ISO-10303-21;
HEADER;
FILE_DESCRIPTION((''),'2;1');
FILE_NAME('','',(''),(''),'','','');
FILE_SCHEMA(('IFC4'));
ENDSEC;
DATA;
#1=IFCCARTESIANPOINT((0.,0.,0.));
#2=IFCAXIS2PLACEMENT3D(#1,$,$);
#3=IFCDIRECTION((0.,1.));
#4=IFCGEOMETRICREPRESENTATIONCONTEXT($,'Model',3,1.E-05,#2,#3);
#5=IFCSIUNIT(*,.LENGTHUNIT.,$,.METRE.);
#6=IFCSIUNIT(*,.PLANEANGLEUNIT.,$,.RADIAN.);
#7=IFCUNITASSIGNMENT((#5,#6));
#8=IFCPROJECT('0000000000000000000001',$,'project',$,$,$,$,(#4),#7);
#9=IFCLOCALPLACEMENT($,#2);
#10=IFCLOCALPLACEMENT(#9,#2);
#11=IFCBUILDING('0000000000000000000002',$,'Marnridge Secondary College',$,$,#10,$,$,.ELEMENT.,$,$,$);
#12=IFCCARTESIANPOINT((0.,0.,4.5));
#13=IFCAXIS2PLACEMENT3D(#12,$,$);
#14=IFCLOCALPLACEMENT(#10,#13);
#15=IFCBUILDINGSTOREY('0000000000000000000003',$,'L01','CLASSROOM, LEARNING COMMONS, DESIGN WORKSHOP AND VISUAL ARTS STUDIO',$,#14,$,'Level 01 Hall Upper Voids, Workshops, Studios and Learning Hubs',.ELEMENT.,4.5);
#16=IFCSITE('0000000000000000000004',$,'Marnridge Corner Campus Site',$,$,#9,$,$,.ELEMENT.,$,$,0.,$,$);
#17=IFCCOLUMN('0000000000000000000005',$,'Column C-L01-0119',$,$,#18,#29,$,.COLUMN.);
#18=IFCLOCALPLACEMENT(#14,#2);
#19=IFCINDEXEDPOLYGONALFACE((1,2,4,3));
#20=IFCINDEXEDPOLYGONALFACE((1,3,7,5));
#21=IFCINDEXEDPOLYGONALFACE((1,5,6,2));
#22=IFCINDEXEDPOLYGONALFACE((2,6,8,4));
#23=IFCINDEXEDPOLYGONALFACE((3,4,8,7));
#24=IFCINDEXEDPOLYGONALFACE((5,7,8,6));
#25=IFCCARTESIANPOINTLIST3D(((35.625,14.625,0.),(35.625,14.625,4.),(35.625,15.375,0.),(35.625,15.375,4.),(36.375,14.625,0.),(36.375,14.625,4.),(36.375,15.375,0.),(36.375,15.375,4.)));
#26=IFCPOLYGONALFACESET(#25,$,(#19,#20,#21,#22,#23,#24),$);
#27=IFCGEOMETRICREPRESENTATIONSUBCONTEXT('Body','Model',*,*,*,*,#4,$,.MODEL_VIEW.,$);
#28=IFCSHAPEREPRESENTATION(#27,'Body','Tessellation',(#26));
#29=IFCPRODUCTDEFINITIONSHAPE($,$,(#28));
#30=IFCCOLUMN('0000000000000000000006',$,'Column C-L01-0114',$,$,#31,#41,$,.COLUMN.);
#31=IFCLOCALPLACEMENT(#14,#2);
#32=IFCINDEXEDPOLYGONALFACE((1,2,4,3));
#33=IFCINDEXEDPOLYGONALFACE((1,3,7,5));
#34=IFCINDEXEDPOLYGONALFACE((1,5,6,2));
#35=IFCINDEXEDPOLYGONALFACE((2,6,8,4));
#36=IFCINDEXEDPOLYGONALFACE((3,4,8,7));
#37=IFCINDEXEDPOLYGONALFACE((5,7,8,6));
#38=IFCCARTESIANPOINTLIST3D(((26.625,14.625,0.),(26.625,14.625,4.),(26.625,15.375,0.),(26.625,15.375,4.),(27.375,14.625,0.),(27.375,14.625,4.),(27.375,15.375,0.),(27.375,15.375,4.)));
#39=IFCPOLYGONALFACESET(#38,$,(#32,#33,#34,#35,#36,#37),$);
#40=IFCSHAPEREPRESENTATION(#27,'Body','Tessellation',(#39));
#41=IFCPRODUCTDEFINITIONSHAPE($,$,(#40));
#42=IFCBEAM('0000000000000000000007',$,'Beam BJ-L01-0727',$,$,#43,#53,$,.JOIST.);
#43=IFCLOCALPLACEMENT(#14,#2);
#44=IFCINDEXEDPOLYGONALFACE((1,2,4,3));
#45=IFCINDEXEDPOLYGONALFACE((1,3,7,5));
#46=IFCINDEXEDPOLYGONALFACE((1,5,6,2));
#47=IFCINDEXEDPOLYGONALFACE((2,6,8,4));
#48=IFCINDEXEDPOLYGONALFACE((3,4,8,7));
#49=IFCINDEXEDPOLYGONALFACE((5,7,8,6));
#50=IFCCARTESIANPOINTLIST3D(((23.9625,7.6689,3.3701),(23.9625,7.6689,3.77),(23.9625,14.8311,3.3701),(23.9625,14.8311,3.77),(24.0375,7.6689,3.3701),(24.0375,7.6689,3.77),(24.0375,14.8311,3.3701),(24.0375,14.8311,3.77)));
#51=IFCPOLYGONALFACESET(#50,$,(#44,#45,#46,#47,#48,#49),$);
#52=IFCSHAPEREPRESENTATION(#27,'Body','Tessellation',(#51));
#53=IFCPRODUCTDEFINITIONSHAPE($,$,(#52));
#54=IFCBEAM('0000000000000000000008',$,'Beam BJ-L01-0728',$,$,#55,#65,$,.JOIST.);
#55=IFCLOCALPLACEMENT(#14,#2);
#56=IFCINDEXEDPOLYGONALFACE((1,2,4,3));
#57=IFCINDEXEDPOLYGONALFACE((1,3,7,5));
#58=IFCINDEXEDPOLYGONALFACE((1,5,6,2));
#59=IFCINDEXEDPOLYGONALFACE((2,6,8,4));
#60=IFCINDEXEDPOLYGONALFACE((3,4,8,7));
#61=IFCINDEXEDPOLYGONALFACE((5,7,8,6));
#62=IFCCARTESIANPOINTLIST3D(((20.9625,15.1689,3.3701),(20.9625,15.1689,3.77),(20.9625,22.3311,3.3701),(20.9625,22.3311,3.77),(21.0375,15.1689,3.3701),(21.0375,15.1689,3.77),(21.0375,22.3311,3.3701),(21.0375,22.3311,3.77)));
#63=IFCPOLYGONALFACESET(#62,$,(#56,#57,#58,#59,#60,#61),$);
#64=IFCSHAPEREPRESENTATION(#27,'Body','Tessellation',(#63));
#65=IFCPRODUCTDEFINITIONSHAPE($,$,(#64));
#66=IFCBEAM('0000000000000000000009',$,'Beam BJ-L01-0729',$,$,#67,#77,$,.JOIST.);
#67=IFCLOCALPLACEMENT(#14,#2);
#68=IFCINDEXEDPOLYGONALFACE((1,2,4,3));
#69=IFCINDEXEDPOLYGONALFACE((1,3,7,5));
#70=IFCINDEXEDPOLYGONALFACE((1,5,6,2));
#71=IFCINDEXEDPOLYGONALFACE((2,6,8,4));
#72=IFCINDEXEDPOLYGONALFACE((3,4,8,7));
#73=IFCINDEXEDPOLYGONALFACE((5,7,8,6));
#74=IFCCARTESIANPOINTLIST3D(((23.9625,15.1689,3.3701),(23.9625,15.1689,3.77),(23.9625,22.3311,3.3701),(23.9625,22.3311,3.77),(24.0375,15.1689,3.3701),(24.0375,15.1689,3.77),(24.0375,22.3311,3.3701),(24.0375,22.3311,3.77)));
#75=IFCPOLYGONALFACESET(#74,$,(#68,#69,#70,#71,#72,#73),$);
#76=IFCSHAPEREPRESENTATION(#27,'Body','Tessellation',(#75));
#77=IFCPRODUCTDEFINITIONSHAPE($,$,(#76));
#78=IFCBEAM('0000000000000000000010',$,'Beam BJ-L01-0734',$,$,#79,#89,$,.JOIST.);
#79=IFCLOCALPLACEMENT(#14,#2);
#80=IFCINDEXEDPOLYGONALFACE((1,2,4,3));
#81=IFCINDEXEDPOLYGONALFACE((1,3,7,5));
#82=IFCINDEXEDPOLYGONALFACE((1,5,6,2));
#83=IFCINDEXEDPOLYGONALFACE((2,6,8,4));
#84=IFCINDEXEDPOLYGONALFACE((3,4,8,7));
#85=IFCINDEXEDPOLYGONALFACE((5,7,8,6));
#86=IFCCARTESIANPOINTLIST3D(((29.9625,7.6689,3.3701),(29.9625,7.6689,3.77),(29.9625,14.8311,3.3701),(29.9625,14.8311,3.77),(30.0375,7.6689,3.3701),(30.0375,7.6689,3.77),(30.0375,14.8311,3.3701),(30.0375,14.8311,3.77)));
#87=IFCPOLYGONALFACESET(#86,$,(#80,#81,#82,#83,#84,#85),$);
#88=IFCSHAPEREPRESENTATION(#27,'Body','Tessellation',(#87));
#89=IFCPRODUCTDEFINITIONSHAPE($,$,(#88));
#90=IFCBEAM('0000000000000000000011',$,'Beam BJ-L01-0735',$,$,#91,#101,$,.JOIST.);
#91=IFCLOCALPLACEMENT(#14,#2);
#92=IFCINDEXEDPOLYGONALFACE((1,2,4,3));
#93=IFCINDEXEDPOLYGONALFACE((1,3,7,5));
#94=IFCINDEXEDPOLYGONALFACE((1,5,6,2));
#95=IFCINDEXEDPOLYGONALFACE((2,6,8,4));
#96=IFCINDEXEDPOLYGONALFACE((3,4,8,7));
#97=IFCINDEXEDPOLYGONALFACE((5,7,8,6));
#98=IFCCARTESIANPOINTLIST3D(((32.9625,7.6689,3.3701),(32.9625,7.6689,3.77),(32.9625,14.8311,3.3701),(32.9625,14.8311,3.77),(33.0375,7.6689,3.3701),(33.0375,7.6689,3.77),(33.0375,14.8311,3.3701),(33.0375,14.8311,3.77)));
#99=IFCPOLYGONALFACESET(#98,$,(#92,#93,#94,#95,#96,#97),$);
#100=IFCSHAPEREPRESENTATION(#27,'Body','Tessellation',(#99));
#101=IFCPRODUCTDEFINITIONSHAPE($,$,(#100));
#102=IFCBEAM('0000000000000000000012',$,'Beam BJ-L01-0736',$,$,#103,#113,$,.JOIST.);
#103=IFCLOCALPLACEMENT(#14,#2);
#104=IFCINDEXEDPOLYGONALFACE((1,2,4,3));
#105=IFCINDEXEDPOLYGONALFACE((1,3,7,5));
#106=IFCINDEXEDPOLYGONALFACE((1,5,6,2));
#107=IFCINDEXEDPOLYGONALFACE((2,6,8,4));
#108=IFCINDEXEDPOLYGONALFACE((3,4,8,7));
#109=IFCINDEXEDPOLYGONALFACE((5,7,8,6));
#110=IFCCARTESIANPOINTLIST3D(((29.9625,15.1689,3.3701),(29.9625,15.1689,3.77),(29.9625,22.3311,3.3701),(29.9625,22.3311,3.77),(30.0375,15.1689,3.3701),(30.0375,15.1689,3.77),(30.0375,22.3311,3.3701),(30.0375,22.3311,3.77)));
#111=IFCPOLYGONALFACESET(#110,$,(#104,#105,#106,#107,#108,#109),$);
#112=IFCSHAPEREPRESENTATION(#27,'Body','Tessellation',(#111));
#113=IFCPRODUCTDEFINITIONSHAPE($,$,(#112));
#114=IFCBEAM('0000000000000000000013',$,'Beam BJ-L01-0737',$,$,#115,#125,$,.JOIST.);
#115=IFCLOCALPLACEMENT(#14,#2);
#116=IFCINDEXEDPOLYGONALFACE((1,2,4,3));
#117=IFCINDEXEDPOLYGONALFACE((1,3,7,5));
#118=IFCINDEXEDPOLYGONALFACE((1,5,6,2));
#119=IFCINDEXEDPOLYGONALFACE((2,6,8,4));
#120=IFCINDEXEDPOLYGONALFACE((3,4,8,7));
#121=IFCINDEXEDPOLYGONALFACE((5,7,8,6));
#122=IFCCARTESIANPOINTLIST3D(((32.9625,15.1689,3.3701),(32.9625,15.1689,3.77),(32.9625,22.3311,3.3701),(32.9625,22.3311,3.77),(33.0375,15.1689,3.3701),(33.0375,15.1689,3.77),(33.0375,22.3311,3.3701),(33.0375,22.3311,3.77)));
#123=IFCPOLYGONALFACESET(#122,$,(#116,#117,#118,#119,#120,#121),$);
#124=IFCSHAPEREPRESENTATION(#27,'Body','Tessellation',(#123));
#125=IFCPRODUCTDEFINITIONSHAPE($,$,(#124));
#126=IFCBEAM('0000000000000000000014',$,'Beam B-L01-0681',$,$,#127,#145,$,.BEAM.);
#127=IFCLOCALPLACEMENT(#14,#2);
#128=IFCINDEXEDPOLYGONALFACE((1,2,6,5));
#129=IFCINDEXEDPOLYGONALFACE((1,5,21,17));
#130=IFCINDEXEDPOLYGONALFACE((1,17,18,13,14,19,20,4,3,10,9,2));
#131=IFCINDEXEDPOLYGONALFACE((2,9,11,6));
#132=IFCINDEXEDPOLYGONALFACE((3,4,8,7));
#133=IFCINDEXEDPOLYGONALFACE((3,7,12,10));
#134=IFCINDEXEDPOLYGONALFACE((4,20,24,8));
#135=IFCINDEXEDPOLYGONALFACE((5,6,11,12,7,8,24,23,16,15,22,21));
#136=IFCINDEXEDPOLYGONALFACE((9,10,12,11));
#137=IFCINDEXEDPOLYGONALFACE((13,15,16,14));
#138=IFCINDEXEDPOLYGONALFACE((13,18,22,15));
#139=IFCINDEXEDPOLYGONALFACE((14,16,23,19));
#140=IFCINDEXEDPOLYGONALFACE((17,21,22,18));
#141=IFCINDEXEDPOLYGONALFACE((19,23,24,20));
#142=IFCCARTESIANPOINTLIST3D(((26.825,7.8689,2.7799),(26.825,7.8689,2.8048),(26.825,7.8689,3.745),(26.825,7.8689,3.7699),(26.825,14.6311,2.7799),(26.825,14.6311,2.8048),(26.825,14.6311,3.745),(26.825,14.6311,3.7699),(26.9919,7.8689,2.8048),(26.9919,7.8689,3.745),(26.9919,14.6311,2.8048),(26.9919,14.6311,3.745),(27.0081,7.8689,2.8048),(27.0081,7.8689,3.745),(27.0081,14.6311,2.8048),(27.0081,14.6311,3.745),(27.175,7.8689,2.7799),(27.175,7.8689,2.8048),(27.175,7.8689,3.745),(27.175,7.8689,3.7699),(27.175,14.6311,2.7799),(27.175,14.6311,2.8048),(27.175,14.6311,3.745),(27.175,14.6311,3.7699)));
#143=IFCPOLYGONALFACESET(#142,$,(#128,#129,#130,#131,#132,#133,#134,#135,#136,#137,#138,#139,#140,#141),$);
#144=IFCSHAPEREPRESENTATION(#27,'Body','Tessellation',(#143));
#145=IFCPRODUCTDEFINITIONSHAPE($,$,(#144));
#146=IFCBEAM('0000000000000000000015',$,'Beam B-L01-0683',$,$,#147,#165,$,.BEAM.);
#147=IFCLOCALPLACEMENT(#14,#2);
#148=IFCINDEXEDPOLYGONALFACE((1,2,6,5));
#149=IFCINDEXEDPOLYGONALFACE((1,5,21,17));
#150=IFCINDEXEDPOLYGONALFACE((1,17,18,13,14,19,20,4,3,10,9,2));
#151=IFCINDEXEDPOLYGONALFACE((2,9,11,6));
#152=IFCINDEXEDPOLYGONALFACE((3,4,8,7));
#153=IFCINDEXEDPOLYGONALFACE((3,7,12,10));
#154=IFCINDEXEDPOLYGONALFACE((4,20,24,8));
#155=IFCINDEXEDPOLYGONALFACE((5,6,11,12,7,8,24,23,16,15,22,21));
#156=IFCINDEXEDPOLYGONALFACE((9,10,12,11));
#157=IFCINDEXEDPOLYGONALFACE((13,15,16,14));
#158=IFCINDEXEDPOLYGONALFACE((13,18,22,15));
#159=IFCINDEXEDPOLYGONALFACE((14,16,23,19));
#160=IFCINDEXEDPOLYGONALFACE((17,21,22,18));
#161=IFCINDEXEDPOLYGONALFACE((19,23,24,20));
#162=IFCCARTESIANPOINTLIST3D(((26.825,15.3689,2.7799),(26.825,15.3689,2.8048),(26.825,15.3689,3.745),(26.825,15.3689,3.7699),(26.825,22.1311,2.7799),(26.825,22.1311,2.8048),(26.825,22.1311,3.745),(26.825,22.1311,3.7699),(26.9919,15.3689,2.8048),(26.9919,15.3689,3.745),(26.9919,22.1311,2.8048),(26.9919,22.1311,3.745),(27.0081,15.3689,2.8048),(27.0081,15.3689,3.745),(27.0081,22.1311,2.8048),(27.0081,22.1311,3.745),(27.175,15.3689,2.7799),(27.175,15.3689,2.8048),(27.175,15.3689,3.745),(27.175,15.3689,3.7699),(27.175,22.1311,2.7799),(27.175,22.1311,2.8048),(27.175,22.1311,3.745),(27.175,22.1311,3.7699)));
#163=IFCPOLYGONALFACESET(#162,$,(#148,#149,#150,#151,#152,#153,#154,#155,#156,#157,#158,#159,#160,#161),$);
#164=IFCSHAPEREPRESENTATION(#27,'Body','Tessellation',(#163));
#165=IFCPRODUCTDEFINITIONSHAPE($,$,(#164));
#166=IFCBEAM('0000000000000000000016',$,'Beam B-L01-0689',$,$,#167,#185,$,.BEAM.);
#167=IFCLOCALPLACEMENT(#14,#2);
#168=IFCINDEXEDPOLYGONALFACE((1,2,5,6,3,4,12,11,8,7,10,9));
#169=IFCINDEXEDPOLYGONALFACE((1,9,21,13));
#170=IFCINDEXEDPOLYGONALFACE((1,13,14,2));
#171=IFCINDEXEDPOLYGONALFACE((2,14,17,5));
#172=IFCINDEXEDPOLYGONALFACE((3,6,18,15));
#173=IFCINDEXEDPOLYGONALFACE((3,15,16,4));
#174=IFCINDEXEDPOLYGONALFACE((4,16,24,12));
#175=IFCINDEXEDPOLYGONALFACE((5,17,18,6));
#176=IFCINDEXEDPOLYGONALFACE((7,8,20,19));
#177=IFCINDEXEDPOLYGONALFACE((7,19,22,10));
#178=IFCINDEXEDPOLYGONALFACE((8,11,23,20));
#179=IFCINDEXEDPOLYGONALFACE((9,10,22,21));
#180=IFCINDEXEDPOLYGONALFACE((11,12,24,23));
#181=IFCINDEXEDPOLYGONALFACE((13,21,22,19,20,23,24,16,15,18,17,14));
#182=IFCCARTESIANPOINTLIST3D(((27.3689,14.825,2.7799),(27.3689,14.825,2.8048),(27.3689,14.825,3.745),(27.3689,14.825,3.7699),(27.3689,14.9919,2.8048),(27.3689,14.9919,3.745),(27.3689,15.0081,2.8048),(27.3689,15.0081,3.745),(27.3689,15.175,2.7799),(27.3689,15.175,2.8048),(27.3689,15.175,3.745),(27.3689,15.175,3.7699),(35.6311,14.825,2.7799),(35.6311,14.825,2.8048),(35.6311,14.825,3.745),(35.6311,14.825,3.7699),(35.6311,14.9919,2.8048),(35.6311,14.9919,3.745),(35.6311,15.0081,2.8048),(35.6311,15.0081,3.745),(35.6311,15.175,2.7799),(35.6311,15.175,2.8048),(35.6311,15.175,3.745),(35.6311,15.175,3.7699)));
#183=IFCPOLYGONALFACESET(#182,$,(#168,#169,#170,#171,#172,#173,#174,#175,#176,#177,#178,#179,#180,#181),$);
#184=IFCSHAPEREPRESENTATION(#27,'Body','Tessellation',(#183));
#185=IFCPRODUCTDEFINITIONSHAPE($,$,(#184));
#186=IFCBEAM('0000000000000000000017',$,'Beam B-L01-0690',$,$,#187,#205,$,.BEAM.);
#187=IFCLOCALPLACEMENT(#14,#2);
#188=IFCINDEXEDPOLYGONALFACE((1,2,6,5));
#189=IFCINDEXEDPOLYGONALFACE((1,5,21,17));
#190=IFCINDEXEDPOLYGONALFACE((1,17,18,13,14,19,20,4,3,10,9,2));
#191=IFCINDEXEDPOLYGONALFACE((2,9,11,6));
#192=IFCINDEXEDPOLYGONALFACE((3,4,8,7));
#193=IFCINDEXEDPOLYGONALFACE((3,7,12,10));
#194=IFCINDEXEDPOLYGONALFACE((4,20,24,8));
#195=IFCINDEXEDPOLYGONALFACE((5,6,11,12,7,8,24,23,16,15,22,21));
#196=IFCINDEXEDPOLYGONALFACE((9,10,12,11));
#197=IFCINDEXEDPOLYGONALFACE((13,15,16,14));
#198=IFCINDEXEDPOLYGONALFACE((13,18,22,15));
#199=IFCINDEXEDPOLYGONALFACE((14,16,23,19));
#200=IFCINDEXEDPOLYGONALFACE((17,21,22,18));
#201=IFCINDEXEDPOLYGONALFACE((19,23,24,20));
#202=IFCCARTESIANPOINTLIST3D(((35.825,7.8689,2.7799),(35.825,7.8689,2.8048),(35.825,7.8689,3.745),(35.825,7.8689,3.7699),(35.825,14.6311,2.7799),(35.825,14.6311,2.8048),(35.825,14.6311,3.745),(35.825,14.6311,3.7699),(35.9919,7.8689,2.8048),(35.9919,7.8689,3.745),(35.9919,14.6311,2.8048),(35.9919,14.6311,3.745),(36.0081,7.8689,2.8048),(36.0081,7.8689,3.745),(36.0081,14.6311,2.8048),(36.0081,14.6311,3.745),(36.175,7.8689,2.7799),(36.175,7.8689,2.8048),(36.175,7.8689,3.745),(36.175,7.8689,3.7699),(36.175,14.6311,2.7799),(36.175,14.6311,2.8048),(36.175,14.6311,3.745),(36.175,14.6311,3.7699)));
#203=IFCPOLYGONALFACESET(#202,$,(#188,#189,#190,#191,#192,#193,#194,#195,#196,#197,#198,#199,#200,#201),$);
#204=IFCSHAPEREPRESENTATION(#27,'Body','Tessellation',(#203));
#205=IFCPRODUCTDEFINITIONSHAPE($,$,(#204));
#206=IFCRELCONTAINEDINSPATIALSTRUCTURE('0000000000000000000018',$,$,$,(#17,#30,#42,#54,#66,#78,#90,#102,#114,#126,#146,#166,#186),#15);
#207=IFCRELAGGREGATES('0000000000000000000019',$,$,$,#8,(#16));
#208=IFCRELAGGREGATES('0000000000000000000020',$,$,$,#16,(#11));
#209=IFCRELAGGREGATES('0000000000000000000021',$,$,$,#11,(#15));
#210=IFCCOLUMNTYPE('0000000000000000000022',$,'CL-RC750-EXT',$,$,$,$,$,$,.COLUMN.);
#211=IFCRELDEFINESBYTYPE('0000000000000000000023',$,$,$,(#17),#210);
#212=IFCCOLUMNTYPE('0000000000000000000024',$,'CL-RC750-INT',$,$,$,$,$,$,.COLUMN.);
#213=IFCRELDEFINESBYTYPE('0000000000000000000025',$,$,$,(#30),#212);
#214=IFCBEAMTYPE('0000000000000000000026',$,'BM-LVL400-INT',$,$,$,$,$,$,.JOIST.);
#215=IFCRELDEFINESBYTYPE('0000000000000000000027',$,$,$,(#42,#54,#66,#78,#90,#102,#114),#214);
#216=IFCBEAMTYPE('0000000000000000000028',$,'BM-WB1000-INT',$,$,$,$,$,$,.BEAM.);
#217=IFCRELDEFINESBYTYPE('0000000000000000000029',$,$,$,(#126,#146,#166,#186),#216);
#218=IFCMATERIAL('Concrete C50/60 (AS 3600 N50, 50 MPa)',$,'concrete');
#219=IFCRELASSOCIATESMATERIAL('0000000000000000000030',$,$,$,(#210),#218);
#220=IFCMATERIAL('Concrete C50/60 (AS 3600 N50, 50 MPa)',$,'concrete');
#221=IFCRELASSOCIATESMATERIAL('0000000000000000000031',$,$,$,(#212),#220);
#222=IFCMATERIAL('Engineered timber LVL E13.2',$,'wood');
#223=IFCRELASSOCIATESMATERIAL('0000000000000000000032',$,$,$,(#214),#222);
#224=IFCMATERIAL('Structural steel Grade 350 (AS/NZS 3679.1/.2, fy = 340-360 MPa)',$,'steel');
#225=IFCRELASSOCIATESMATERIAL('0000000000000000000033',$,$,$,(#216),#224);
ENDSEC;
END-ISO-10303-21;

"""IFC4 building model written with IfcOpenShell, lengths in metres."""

from ifc_helpers import new_model, si_unit, direction, frame, origin, origin_2d, place, context, subcontext, project, spatial, rectangle, i_section, extrude, material, material_profile, profile_set, type_object, element, save


model = new_model("IFC4")

# Units and contexts
model_context = context("Model", 3, precision=1e-05, world=origin(), true_north=direction((0.0, 1.0)))
body_context = subcontext(model_context, "Body", "Model", "MODEL_VIEW")
ifc_project = project(units=[si_unit("LENGTHUNIT", "METRE"), si_unit("PLANEANGLEUNIT", "RADIAN")], contexts=[model_context])

# Site, building, storey
site_placement = place(None, origin())
site = spatial("IfcSite", under=ifc_project, at=site_placement, Name="Marnridge Corner Campus Site", CompositionType="ELEMENT", RefElevation=0.0)
building_placement = place(site_placement, origin())
building = spatial("IfcBuilding", under=site, at=building_placement, Name="Marnridge Secondary College", CompositionType="ELEMENT")
storey_placement = place(building_placement, frame((0.0, 0.0, 4.5)))
storey = spatial("IfcBuildingStorey", under=building, at=storey_placement, Name="L01", Description="CLASSROOM, LEARNING COMMONS, DESIGN WORKSHOP AND VISUAL ARTS STUDIO", LongName="Level 01 Hall Upper Voids, Workshops, Studios and Learning Hubs", CompositionType="ELEMENT", Elevation=4.5)

# Columns
ifc_material_1 = material(Name="Concrete C50/60 (AS 3600 N50, 50 MPa)", Category="concrete")
ifc_material_profile_1 = material_profile(ifc_material_1, rectangle(XDim=0.75, YDim=0.75, at=origin_2d()), Name="RC 750x750")
ifc_profile_set_1 = profile_set([ifc_material_profile_1], Name="Concrete C50/60 (AS 3600 N50, 50 MPa)")
column_type_1 = type_object("IfcColumnType", Name="CL-RC750-EXT", PredefinedType="COLUMN", material=ifc_profile_set_1)
column_1_placement = place(storey_placement, frame((36.0, 15.0, 0.0), z_axis=(0.0, 0.0, 1.0), x_axis=(1.0, 0.0, 0.0)))
element("IfcColumn", 1, at=column_1_placement, inside=storey, type_object=column_type_1, Name="Column C-L01-0119", PredefinedType="COLUMN", context=body_context, shape_type="SweptSolid", body=[
    extrude(rectangle(XDim=0.75, YDim=0.75, at=origin_2d()), origin(), (0.0, 0.0, 1.0), 4.0),
])
ifc_material_2 = material(Name="Concrete C50/60 (AS 3600 N50, 50 MPa)", Category="concrete")
ifc_material_profile_2 = material_profile(ifc_material_2, rectangle(XDim=0.75, YDim=0.75, at=origin_2d()), Name="RC 750x750")
ifc_profile_set_2 = profile_set([ifc_material_profile_2], Name="Concrete C50/60 (AS 3600 N50, 50 MPa)")
column_type_2 = type_object("IfcColumnType", Name="CL-RC750-INT", PredefinedType="COLUMN", material=ifc_profile_set_2)
column_2_placement = place(storey_placement, frame((27.0, 15.0, 0.0), z_axis=(0.0, 0.0, 1.0), x_axis=(1.0, 0.0, 0.0)))
element("IfcColumn", 2, at=column_2_placement, inside=storey, type_object=column_type_2, Name="Column C-L01-0114", PredefinedType="COLUMN", context=body_context, shape_type="SweptSolid", body=[
    extrude(rectangle(XDim=0.75, YDim=0.75, at=origin_2d()), origin(), (0.0, 0.0, 1.0), 4.0),
])

# Beams
ifc_material_3 = material(Name="Engineered timber LVL E13.2", Category="wood")
ifc_material_profile_3 = material_profile(ifc_material_3, rectangle(XDim=0.075, YDim=0.3999, at=origin_2d()), Name="LVL 75x400")
ifc_profile_set_3 = profile_set([ifc_material_profile_3], Name="Engineered timber LVL E13.2")
beam_type_1 = type_object("IfcBeamType", Name="BM-LVL400-INT", PredefinedType="JOIST", material=ifc_profile_set_3)
for number, where, z_axis, x_axis, name in (
    (3, (24.0, 7.6689, 3.5701), (0.0, 1.0, 0.0), (-1.0, 0.0, 0.0), "Beam BJ-L01-0727"),
    (4, (21.0, 15.1689, 3.5701), (0.0, 1.0, 0.0), (-1.0, 0.0, 0.0), "Beam BJ-L01-0728"),
    (5, (24.0, 15.1689, 3.5701), (0.0, 1.0, 0.0), (-1.0, 0.0, 0.0), "Beam BJ-L01-0729"),
    (6, (30.0, 7.6689, 3.5701), (0.0, 1.0, 0.0), (-1.0, 0.0, 0.0), "Beam BJ-L01-0734"),
    (7, (33.0, 7.6689, 3.5701), (0.0, 1.0, 0.0), (-1.0, 0.0, 0.0), "Beam BJ-L01-0735"),
    (8, (30.0, 15.1689, 3.5701), (0.0, 1.0, 0.0), (-1.0, 0.0, 0.0), "Beam BJ-L01-0736"),
    (9, (33.0, 15.1689, 3.5701), (0.0, 1.0, 0.0), (-1.0, 0.0, 0.0), "Beam BJ-L01-0737"),
):
    element("IfcBeam", number, at=place(storey_placement, frame(where, z_axis=z_axis, x_axis=x_axis)), inside=storey, type_object=beam_type_1, Name=name, PredefinedType="JOIST", context=body_context, shape_type="SweptSolid", body=[
        extrude(rectangle(XDim=0.075, YDim=0.3999, at=origin_2d()), origin(), (0.0, 0.0, 1.0), 7.1621),
    ])
ifc_material_4 = material(Name="Structural steel Grade 350 (AS/NZS 3679.1/.2, fy = 340-360 MPa)", Category="steel")
ifc_material_profile_4 = material_profile(ifc_material_4, i_section(OverallWidth=0.3501, OverallDepth=0.99, WebThickness=0.0161, FlangeThickness=0.0249, at=origin_2d()), Name="1000WB258")
ifc_profile_set_4 = profile_set([ifc_material_profile_4], Name="Structural steel Grade 350 (AS/NZS 3679.1/.2, fy = 340-360 MPa)")
beam_type_2 = type_object("IfcBeamType", Name="BM-WB1000-INT", PredefinedType="BEAM", material=ifc_profile_set_4)
for number, where, z_axis, x_axis, name in (
    (10, (27.0, 7.8689, 3.2749), (0.0, 1.0, 0.0), (-1.0, 0.0, 0.0), "Beam B-L01-0681"),
    (11, (27.0, 15.3689, 3.2749), (0.0, 1.0, 0.0), (-1.0, 0.0, 0.0), "Beam B-L01-0683"),
):
    element("IfcBeam", number, at=place(storey_placement, frame(where, z_axis=z_axis, x_axis=x_axis)), inside=storey, type_object=beam_type_2, Name=name, PredefinedType="BEAM", context=body_context, shape_type="SweptSolid", body=[
        extrude(i_section(OverallWidth=0.3501, OverallDepth=0.99, WebThickness=0.0161, FlangeThickness=0.0249, at=origin_2d()), origin(), (0.0, 0.0, 1.0), 6.7622),
    ])
beam_placement = place(storey_placement, frame((27.3689, 15.0, 3.2749), z_axis=(1.0, 0.0, 0.0), x_axis=(0.0, 1.0, 0.0)))
element("IfcBeam", 12, at=beam_placement, inside=storey, type_object=beam_type_2, Name="Beam B-L01-0689", PredefinedType="BEAM", context=body_context, shape_type="SweptSolid", body=[
    extrude(i_section(OverallWidth=0.3501, OverallDepth=0.99, WebThickness=0.0161, FlangeThickness=0.0249, at=origin_2d()), origin(), (0.0, 0.0, 1.0), 8.2622),
])
for number, where, z_axis, x_axis, name in (
    (13, (36.0, 7.8689, 3.2749), (0.0, 1.0, 0.0), (-1.0, 0.0, 0.0), "Beam B-L01-0690"),
):
    element("IfcBeam", number, at=place(storey_placement, frame(where, z_axis=z_axis, x_axis=x_axis)), inside=storey, type_object=beam_type_2, Name=name, PredefinedType="BEAM", context=body_context, shape_type="SweptSolid", body=[
        extrude(i_section(OverallWidth=0.3501, OverallDepth=0.99, WebThickness=0.0161, FlangeThickness=0.0249, at=origin_2d()), origin(), (0.0, 0.0, 1.0), 6.7622),
    ])

save(model, "model.ifc")
